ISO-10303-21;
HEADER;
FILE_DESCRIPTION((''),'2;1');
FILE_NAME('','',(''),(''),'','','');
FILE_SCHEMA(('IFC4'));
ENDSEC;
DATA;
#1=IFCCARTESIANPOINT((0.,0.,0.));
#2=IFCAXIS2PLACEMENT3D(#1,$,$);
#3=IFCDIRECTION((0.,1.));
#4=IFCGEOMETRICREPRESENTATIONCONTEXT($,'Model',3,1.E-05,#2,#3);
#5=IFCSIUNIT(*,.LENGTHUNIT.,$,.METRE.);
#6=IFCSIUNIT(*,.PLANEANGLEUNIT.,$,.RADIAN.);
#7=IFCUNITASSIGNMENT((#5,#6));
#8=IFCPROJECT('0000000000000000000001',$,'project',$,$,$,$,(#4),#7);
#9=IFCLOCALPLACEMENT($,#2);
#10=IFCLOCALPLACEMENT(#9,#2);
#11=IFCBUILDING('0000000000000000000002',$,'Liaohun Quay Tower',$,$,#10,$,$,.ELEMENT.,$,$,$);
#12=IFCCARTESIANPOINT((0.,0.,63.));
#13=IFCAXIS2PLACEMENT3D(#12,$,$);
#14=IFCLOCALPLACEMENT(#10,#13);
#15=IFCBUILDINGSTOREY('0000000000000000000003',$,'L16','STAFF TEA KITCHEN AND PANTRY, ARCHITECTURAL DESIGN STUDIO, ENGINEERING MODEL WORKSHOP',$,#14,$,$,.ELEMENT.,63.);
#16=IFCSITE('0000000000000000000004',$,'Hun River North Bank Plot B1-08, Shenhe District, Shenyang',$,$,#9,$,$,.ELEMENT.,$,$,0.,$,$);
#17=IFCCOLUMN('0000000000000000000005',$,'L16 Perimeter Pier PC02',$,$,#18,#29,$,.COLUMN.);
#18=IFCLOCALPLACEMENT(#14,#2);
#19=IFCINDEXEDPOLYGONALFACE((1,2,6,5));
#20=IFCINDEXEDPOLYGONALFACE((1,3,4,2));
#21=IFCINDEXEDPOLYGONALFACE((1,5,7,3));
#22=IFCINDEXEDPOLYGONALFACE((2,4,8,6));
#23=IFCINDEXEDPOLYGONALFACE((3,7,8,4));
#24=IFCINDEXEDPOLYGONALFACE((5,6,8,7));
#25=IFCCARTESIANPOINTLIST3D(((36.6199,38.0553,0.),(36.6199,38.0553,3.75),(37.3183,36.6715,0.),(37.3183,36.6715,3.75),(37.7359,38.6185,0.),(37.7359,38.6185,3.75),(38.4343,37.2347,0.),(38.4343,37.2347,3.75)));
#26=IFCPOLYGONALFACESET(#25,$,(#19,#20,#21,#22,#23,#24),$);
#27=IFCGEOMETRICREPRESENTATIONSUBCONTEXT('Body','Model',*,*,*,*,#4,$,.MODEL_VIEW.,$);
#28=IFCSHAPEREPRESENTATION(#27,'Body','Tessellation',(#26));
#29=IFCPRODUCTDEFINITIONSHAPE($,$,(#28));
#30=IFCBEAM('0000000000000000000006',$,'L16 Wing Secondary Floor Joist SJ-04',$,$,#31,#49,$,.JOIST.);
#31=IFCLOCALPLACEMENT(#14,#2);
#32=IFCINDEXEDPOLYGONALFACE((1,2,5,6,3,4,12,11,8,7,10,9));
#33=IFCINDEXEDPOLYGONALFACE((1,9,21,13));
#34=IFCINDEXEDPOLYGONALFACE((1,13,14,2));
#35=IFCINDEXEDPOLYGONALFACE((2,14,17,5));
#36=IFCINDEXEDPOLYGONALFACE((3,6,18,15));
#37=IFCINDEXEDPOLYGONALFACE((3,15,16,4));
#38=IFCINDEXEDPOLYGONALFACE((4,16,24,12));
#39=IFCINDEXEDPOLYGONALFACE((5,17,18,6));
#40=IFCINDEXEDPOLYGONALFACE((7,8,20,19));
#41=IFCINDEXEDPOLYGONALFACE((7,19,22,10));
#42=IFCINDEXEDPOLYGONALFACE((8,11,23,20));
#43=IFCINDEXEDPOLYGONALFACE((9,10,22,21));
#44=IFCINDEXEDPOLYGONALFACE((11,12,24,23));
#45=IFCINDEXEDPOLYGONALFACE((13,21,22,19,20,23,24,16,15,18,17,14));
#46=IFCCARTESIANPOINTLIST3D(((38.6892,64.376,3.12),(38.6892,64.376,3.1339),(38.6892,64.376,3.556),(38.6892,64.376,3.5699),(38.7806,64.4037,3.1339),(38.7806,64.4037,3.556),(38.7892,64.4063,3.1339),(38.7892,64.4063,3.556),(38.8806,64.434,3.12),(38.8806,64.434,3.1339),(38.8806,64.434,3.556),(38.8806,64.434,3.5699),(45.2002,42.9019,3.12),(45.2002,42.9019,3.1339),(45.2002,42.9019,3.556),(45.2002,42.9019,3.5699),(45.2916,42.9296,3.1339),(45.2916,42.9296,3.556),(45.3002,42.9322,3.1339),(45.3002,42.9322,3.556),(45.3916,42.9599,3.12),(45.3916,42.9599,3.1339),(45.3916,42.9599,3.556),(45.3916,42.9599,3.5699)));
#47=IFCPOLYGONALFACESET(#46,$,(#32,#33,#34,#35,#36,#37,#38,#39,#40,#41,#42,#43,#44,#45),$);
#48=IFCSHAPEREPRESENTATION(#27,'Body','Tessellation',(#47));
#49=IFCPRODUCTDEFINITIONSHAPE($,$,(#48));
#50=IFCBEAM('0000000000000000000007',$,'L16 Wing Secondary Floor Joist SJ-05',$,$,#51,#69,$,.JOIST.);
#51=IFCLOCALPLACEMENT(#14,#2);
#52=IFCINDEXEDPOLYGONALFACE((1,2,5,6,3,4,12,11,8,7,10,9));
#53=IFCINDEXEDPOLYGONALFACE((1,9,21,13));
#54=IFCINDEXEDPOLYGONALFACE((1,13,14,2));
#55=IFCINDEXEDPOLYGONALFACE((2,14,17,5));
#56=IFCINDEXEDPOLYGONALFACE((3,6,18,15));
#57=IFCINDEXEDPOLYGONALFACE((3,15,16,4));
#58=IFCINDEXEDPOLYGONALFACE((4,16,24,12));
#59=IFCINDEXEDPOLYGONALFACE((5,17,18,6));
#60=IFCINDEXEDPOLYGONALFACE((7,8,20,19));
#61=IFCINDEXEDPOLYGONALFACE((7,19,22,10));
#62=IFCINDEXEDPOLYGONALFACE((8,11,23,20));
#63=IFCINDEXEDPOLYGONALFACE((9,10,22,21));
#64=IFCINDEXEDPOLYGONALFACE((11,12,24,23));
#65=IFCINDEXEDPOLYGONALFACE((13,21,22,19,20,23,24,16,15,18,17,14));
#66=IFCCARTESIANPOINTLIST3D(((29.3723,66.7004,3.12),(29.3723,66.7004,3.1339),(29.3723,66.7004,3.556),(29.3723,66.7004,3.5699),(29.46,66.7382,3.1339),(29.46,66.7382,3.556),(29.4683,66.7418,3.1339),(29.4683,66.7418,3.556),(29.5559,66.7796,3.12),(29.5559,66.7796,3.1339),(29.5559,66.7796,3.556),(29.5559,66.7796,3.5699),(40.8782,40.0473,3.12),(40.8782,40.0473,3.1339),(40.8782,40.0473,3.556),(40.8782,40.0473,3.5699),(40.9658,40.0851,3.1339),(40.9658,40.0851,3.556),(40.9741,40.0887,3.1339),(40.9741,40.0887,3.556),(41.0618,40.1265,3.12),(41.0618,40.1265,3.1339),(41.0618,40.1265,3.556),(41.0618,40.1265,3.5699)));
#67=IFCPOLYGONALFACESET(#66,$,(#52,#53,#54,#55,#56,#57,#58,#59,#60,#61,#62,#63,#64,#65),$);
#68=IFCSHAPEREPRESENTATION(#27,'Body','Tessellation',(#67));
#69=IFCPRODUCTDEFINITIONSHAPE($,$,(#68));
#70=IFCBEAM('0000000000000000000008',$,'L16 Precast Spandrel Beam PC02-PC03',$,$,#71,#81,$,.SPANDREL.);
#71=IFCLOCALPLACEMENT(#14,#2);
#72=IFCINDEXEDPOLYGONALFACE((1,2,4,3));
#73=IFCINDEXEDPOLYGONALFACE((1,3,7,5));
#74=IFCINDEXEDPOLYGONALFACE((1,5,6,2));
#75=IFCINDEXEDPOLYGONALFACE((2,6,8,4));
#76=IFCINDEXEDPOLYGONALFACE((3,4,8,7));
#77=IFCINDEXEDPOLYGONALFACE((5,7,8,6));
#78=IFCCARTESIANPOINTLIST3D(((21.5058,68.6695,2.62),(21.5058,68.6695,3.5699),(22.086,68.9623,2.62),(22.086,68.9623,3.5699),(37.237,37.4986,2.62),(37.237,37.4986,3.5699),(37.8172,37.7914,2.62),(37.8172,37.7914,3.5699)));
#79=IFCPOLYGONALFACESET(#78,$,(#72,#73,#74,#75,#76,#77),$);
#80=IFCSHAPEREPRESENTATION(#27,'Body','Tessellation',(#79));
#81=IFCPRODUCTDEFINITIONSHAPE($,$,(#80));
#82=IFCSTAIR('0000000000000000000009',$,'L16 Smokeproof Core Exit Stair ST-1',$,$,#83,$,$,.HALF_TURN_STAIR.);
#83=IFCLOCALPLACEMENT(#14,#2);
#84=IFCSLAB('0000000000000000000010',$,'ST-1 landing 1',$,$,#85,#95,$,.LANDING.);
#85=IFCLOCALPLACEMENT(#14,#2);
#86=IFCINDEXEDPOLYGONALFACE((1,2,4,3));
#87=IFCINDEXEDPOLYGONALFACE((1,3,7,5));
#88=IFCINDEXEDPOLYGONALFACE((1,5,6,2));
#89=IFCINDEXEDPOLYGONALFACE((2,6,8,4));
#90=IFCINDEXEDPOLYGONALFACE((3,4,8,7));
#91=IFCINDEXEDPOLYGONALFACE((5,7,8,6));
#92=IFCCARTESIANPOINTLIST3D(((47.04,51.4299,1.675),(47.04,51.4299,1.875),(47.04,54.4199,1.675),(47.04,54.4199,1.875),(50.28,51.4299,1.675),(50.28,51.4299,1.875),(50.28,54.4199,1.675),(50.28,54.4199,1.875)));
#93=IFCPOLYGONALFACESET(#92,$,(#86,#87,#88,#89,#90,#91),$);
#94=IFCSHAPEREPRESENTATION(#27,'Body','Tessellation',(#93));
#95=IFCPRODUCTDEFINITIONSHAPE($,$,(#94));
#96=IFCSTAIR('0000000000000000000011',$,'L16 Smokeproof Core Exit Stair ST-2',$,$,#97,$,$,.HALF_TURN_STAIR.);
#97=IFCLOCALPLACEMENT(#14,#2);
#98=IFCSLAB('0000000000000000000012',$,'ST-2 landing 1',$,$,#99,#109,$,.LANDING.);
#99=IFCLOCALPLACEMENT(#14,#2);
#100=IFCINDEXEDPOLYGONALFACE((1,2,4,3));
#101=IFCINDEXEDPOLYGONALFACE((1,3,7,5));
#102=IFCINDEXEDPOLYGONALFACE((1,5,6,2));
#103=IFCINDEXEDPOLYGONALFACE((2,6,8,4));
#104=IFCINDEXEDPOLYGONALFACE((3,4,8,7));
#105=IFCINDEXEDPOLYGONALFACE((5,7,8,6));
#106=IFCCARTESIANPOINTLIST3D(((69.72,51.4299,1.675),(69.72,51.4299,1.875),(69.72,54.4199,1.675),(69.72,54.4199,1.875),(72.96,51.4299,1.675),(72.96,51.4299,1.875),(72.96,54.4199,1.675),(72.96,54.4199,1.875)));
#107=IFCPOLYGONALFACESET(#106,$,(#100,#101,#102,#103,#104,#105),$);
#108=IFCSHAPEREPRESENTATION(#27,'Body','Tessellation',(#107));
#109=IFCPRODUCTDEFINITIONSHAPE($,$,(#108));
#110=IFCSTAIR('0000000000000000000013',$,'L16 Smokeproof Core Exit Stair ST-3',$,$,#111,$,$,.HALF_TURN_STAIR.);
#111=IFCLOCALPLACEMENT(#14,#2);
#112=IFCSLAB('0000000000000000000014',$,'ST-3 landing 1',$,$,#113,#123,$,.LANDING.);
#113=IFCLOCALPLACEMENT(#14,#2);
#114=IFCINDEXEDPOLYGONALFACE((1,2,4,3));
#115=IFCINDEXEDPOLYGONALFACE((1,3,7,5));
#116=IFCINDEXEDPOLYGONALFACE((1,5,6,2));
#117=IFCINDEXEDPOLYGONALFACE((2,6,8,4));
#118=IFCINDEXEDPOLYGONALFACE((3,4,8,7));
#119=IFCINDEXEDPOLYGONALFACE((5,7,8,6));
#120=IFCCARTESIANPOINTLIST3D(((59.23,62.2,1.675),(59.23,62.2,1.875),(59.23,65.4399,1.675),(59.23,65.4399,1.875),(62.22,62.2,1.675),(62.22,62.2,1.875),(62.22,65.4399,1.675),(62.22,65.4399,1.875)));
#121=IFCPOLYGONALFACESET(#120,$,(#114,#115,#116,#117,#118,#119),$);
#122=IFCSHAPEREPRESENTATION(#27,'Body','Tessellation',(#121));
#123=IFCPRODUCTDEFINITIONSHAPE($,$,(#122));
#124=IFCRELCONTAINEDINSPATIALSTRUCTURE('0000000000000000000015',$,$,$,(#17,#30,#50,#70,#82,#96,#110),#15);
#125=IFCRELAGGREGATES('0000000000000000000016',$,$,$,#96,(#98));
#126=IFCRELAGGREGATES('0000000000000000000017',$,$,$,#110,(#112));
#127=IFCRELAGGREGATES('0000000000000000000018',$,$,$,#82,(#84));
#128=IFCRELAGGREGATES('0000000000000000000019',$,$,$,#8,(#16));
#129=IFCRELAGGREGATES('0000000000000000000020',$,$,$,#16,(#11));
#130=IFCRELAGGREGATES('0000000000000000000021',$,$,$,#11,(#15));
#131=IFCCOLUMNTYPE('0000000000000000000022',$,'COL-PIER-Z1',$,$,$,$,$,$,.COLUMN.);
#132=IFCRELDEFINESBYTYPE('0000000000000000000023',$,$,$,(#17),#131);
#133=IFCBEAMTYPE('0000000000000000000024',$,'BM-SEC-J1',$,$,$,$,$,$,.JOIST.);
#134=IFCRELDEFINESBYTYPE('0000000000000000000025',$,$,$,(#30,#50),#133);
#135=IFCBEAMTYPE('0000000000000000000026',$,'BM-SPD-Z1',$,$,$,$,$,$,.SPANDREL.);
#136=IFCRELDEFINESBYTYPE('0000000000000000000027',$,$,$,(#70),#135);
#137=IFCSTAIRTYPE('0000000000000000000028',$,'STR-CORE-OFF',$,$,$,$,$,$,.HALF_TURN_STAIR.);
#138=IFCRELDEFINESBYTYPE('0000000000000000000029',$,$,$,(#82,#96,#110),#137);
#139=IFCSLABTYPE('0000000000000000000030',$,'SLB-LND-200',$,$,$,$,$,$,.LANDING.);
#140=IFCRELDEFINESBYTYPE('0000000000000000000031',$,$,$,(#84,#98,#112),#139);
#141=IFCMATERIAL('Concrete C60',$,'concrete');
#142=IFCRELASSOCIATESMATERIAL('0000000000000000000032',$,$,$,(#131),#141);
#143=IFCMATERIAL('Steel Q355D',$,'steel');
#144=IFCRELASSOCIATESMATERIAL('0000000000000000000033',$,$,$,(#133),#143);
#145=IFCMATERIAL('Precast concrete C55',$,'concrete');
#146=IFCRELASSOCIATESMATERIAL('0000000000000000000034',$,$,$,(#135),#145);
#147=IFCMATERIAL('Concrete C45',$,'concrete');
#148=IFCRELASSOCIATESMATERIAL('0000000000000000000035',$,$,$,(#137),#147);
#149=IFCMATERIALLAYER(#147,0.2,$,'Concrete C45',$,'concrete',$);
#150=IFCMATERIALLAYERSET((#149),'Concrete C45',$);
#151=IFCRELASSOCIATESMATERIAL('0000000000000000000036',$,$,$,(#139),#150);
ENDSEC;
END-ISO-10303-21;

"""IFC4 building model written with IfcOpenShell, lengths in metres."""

from ifc_helpers import new_model, si_unit, direction, frame, origin, origin_2d, place, context, subcontext, project, spatial, polyline, rectangle, i_section, outline, extrude, source, transform, mapped, material, layer, layer_set, material_profile, profile_set, type_object, element, aggregate, save


model = new_model("IFC4")

# Units and contexts
model_context = context("Model", 3, precision=1e-05, world=origin(), true_north=direction((0.0, 1.0)))
body_context = subcontext(model_context, "Body", "Model", "MODEL_VIEW")
ifc_project = project(units=[si_unit("LENGTHUNIT", "METRE"), si_unit("PLANEANGLEUNIT", "RADIAN")], contexts=[model_context])

# Site, building, storey
site_placement = place(None, origin())
site = spatial("IfcSite", under=ifc_project, at=site_placement, Name="Hun River North Bank Plot B1-08, Shenhe District, Shenyang", CompositionType="ELEMENT", RefElevation=0.0)
building_placement = place(site_placement, origin())
building = spatial("IfcBuilding", under=site, at=building_placement, Name="Liaohun Quay Tower", CompositionType="ELEMENT")
storey_placement = place(building_placement, frame((0.0, 0.0, 63.0)))
storey = spatial("IfcBuildingStorey", under=building, at=storey_placement, Name="L16", Description="STAFF TEA KITCHEN AND PANTRY, ARCHITECTURAL DESIGN STUDIO, ENGINEERING MODEL WORKSHOP", CompositionType="ELEMENT", Elevation=63.0)

# Column
ifc_material_1 = material(Name="Concrete C60", Category="concrete")
ifc_material_profile_1 = material_profile(ifc_material_1, rectangle(XDim=1.55, YDim=1.25, at=origin_2d()), Name="RC1550x1250")
ifc_profile_set_1 = profile_set([ifc_material_profile_1], Name="Concrete C60")
column_type = type_object("IfcColumnType", Name="COL-PIER-Z1", PredefinedType="COLUMN", material=ifc_profile_set_1)
shared_shape_1 = source(origin(), body_context, "Body", "SweptSolid", [
    extrude(rectangle(XDim=1.55, YDim=1.25, at=origin_2d()), origin(), (0.0, 0.0, 1.0), 3.75),
])
column_placement = place(storey_placement, frame((37.5271, 37.645, 0.0), z_axis=(0.0, 0.0, 1.0), x_axis=(-0.450566, 0.892743, 0.0)))
element("IfcColumn", 1, at=column_placement, inside=storey, type_object=column_type, Name="L16 Perimeter Pier PC02", PredefinedType="COLUMN", context=body_context, shape_type="MappedRepresentation", body=[
    mapped(shared_shape_1, transform((0.0, 0.0, 0.0), x_axis=(1.0, 0.0, 0.0), y_axis=(0.0, 1.0, 0.0), z_axis=(0.0, 0.0, 1.0), scale=1.0)),
])

# Beams
ifc_material_2 = material(Name="Steel Q355D", Category="steel")
ifc_material_profile_2 = material_profile(ifc_material_2, i_section(OverallWidth=0.2, OverallDepth=0.45, WebThickness=0.009, FlangeThickness=0.0139, at=origin_2d()), Name="HN450x200x9x14")
ifc_profile_set_2 = profile_set([ifc_material_profile_2], Name="Steel Q355D")
beam_type_1 = type_object("IfcBeamType", Name="BM-SEC-J1", PredefinedType="JOIST", material=ifc_profile_set_2)
shared_shape_2 = source(origin(), body_context, "Body", "SweptSolid", [
    extrude(i_section(OverallWidth=0.2, OverallDepth=0.45, WebThickness=0.009, FlangeThickness=0.0139, at=origin_2d()), origin(), (0.0, 0.0, 1.0), 22.4395),
])
beam_1_placement = place(storey_placement, frame((45.2959, 42.9309, 3.345), z_axis=(-0.290157, 0.956979, 0.0), x_axis=(-0.956979, -0.290157, 0.0)))
element("IfcBeam", 2, at=beam_1_placement, inside=storey, type_object=beam_type_1, Name="L16 Wing Secondary Floor Joist SJ-04", PredefinedType="JOIST", context=body_context, shape_type="MappedRepresentation", body=[
    mapped(shared_shape_2, transform((0.0, 0.0, 0.0), x_axis=(1.0, 0.0, 0.0), y_axis=(0.0, 1.0, 0.0), z_axis=(0.0, 0.0, 1.0), scale=1.0)),
])
shared_shape_3 = source(origin(), body_context, "Body", "SweptSolid", [
    extrude(i_section(OverallWidth=0.2, OverallDepth=0.45, WebThickness=0.009, FlangeThickness=0.0139, at=origin_2d()), origin(), (0.0, 0.0, 1.0), 29.0305),
])
beam_2_placement = place(storey_placement, frame((40.97, 40.0869, 3.345), z_axis=(-0.396337, 0.918105, 0.0), x_axis=(-0.918105, -0.396337, 0.0)))
element("IfcBeam", 3, at=beam_2_placement, inside=storey, type_object=beam_type_1, Name="L16 Wing Secondary Floor Joist SJ-05", PredefinedType="JOIST", context=body_context, shape_type="MappedRepresentation", body=[
    mapped(shared_shape_3, transform((0.0, 0.0, 0.0), x_axis=(1.0, 0.0, 0.0), y_axis=(0.0, 1.0, 0.0), z_axis=(0.0, 0.0, 1.0), scale=1.0)),
])
ifc_material_3 = material(Name="Precast concrete C55", Category="concrete")
ifc_material_profile_3 = material_profile(ifc_material_3, rectangle(XDim=0.6499, YDim=0.95, at=origin_2d()), Name="RC650x950")
ifc_profile_set_3 = profile_set([ifc_material_profile_3], Name="Precast concrete C55")
beam_type_2 = type_object("IfcBeamType", Name="BM-SPD-Z1", PredefinedType="SPANDREL", material=ifc_profile_set_3)
shared_shape_4 = source(origin(), body_context, "Body", "SweptSolid", [
    extrude(rectangle(XDim=0.6499, YDim=0.95, at=origin_2d()), origin(), (0.0, 0.0, 1.0), 34.9155),
])
beam_3_placement = place(storey_placement, frame((37.5271, 37.645, 3.095), z_axis=(-0.45055, 0.892751, 0.0), x_axis=(-0.892751, -0.45055, 0.0)))
element("IfcBeam", 4, at=beam_3_placement, inside=storey, type_object=beam_type_2, Name="L16 Precast Spandrel Beam PC02-PC03", PredefinedType="SPANDREL", context=body_context, shape_type="MappedRepresentation", body=[
    mapped(shared_shape_4, transform((0.0, 0.0, 0.0), x_axis=(1.0, 0.0, 0.0), y_axis=(0.0, 1.0, 0.0), z_axis=(0.0, 0.0, 1.0), scale=1.0)),
])

# Stairs, slabs
ifc_material_4 = material(Name="Concrete C45", Category="concrete")
stair_type = type_object("IfcStairType", Name="STR-CORE-OFF", PredefinedType="HALF_TURN_STAIR", material=ifc_material_4)
stair_1_placement = place(storey_placement, origin())
stair_1 = element("IfcStair", 5, at=stair_1_placement, inside=storey, type_object=stair_type, Name="L16 Smokeproof Core Exit Stair ST-1", PredefinedType="HALF_TURN_STAIR")
ifc_layer_1 = layer(ifc_material_4, 0.2, Name="Concrete C45", Category="concrete")
ifc_layer_set_1 = layer_set([ifc_layer_1], Name="Concrete C45")
slab_type_1 = type_object("IfcSlabType", Name="SLB-LND-200", PredefinedType="LANDING", material=ifc_layer_set_1)
slab_1_placement = place(storey_placement, frame((0.0, 0.0, 1.675)))
slab_1 = element("IfcSlab", 6, at=slab_1_placement, type_object=slab_type_1, Name="ST-1 landing 1", PredefinedType="LANDING", context=body_context, shape_type="SweptSolid", body=[
    extrude(outline(polyline([(50.28, 51.4299), (50.28, 54.4199), (47.04, 54.4199), (47.04, 51.4299), (50.28, 51.4299)])), origin(), (0.0, 0.0, 1.0), 0.2),
])
stair_2_placement = place(storey_placement, origin())
stair_2 = element("IfcStair", 7, at=stair_2_placement, inside=storey, type_object=stair_type, Name="L16 Smokeproof Core Exit Stair ST-2", PredefinedType="HALF_TURN_STAIR")
slab_2_placement = place(storey_placement, frame((0.0, 0.0, 1.675)))
slab_2 = element("IfcSlab", 8, at=slab_2_placement, type_object=slab_type_1, Name="ST-2 landing 1", PredefinedType="LANDING", context=body_context, shape_type="SweptSolid", body=[
    extrude(outline(polyline([(72.96, 51.4299), (72.96, 54.4199), (69.72, 54.4199), (69.72, 51.4299), (72.96, 51.4299)])), origin(), (0.0, 0.0, 1.0), 0.2),
])
aggregate(stair_2, [slab_2])
stair_3_placement = place(storey_placement, origin())
stair_3 = element("IfcStair", 9, at=stair_3_placement, inside=storey, type_object=stair_type, Name="L16 Smokeproof Core Exit Stair ST-3", PredefinedType="HALF_TURN_STAIR")
slab_3_placement = place(storey_placement, frame((0.0, 0.0, 1.675)))
slab_3 = element("IfcSlab", 10, at=slab_3_placement, type_object=slab_type_1, Name="ST-3 landing 1", PredefinedType="LANDING", context=body_context, shape_type="SweptSolid", body=[
    extrude(outline(polyline([(59.23, 62.2), (62.22, 62.2), (62.22, 65.4399), (59.23, 65.4399), (59.23, 62.2)])), origin(), (0.0, 0.0, 1.0), 0.2),
])
aggregate(stair_3, [slab_3])

aggregate(stair_1, [slab_1])

save(model, "model.ifc")
